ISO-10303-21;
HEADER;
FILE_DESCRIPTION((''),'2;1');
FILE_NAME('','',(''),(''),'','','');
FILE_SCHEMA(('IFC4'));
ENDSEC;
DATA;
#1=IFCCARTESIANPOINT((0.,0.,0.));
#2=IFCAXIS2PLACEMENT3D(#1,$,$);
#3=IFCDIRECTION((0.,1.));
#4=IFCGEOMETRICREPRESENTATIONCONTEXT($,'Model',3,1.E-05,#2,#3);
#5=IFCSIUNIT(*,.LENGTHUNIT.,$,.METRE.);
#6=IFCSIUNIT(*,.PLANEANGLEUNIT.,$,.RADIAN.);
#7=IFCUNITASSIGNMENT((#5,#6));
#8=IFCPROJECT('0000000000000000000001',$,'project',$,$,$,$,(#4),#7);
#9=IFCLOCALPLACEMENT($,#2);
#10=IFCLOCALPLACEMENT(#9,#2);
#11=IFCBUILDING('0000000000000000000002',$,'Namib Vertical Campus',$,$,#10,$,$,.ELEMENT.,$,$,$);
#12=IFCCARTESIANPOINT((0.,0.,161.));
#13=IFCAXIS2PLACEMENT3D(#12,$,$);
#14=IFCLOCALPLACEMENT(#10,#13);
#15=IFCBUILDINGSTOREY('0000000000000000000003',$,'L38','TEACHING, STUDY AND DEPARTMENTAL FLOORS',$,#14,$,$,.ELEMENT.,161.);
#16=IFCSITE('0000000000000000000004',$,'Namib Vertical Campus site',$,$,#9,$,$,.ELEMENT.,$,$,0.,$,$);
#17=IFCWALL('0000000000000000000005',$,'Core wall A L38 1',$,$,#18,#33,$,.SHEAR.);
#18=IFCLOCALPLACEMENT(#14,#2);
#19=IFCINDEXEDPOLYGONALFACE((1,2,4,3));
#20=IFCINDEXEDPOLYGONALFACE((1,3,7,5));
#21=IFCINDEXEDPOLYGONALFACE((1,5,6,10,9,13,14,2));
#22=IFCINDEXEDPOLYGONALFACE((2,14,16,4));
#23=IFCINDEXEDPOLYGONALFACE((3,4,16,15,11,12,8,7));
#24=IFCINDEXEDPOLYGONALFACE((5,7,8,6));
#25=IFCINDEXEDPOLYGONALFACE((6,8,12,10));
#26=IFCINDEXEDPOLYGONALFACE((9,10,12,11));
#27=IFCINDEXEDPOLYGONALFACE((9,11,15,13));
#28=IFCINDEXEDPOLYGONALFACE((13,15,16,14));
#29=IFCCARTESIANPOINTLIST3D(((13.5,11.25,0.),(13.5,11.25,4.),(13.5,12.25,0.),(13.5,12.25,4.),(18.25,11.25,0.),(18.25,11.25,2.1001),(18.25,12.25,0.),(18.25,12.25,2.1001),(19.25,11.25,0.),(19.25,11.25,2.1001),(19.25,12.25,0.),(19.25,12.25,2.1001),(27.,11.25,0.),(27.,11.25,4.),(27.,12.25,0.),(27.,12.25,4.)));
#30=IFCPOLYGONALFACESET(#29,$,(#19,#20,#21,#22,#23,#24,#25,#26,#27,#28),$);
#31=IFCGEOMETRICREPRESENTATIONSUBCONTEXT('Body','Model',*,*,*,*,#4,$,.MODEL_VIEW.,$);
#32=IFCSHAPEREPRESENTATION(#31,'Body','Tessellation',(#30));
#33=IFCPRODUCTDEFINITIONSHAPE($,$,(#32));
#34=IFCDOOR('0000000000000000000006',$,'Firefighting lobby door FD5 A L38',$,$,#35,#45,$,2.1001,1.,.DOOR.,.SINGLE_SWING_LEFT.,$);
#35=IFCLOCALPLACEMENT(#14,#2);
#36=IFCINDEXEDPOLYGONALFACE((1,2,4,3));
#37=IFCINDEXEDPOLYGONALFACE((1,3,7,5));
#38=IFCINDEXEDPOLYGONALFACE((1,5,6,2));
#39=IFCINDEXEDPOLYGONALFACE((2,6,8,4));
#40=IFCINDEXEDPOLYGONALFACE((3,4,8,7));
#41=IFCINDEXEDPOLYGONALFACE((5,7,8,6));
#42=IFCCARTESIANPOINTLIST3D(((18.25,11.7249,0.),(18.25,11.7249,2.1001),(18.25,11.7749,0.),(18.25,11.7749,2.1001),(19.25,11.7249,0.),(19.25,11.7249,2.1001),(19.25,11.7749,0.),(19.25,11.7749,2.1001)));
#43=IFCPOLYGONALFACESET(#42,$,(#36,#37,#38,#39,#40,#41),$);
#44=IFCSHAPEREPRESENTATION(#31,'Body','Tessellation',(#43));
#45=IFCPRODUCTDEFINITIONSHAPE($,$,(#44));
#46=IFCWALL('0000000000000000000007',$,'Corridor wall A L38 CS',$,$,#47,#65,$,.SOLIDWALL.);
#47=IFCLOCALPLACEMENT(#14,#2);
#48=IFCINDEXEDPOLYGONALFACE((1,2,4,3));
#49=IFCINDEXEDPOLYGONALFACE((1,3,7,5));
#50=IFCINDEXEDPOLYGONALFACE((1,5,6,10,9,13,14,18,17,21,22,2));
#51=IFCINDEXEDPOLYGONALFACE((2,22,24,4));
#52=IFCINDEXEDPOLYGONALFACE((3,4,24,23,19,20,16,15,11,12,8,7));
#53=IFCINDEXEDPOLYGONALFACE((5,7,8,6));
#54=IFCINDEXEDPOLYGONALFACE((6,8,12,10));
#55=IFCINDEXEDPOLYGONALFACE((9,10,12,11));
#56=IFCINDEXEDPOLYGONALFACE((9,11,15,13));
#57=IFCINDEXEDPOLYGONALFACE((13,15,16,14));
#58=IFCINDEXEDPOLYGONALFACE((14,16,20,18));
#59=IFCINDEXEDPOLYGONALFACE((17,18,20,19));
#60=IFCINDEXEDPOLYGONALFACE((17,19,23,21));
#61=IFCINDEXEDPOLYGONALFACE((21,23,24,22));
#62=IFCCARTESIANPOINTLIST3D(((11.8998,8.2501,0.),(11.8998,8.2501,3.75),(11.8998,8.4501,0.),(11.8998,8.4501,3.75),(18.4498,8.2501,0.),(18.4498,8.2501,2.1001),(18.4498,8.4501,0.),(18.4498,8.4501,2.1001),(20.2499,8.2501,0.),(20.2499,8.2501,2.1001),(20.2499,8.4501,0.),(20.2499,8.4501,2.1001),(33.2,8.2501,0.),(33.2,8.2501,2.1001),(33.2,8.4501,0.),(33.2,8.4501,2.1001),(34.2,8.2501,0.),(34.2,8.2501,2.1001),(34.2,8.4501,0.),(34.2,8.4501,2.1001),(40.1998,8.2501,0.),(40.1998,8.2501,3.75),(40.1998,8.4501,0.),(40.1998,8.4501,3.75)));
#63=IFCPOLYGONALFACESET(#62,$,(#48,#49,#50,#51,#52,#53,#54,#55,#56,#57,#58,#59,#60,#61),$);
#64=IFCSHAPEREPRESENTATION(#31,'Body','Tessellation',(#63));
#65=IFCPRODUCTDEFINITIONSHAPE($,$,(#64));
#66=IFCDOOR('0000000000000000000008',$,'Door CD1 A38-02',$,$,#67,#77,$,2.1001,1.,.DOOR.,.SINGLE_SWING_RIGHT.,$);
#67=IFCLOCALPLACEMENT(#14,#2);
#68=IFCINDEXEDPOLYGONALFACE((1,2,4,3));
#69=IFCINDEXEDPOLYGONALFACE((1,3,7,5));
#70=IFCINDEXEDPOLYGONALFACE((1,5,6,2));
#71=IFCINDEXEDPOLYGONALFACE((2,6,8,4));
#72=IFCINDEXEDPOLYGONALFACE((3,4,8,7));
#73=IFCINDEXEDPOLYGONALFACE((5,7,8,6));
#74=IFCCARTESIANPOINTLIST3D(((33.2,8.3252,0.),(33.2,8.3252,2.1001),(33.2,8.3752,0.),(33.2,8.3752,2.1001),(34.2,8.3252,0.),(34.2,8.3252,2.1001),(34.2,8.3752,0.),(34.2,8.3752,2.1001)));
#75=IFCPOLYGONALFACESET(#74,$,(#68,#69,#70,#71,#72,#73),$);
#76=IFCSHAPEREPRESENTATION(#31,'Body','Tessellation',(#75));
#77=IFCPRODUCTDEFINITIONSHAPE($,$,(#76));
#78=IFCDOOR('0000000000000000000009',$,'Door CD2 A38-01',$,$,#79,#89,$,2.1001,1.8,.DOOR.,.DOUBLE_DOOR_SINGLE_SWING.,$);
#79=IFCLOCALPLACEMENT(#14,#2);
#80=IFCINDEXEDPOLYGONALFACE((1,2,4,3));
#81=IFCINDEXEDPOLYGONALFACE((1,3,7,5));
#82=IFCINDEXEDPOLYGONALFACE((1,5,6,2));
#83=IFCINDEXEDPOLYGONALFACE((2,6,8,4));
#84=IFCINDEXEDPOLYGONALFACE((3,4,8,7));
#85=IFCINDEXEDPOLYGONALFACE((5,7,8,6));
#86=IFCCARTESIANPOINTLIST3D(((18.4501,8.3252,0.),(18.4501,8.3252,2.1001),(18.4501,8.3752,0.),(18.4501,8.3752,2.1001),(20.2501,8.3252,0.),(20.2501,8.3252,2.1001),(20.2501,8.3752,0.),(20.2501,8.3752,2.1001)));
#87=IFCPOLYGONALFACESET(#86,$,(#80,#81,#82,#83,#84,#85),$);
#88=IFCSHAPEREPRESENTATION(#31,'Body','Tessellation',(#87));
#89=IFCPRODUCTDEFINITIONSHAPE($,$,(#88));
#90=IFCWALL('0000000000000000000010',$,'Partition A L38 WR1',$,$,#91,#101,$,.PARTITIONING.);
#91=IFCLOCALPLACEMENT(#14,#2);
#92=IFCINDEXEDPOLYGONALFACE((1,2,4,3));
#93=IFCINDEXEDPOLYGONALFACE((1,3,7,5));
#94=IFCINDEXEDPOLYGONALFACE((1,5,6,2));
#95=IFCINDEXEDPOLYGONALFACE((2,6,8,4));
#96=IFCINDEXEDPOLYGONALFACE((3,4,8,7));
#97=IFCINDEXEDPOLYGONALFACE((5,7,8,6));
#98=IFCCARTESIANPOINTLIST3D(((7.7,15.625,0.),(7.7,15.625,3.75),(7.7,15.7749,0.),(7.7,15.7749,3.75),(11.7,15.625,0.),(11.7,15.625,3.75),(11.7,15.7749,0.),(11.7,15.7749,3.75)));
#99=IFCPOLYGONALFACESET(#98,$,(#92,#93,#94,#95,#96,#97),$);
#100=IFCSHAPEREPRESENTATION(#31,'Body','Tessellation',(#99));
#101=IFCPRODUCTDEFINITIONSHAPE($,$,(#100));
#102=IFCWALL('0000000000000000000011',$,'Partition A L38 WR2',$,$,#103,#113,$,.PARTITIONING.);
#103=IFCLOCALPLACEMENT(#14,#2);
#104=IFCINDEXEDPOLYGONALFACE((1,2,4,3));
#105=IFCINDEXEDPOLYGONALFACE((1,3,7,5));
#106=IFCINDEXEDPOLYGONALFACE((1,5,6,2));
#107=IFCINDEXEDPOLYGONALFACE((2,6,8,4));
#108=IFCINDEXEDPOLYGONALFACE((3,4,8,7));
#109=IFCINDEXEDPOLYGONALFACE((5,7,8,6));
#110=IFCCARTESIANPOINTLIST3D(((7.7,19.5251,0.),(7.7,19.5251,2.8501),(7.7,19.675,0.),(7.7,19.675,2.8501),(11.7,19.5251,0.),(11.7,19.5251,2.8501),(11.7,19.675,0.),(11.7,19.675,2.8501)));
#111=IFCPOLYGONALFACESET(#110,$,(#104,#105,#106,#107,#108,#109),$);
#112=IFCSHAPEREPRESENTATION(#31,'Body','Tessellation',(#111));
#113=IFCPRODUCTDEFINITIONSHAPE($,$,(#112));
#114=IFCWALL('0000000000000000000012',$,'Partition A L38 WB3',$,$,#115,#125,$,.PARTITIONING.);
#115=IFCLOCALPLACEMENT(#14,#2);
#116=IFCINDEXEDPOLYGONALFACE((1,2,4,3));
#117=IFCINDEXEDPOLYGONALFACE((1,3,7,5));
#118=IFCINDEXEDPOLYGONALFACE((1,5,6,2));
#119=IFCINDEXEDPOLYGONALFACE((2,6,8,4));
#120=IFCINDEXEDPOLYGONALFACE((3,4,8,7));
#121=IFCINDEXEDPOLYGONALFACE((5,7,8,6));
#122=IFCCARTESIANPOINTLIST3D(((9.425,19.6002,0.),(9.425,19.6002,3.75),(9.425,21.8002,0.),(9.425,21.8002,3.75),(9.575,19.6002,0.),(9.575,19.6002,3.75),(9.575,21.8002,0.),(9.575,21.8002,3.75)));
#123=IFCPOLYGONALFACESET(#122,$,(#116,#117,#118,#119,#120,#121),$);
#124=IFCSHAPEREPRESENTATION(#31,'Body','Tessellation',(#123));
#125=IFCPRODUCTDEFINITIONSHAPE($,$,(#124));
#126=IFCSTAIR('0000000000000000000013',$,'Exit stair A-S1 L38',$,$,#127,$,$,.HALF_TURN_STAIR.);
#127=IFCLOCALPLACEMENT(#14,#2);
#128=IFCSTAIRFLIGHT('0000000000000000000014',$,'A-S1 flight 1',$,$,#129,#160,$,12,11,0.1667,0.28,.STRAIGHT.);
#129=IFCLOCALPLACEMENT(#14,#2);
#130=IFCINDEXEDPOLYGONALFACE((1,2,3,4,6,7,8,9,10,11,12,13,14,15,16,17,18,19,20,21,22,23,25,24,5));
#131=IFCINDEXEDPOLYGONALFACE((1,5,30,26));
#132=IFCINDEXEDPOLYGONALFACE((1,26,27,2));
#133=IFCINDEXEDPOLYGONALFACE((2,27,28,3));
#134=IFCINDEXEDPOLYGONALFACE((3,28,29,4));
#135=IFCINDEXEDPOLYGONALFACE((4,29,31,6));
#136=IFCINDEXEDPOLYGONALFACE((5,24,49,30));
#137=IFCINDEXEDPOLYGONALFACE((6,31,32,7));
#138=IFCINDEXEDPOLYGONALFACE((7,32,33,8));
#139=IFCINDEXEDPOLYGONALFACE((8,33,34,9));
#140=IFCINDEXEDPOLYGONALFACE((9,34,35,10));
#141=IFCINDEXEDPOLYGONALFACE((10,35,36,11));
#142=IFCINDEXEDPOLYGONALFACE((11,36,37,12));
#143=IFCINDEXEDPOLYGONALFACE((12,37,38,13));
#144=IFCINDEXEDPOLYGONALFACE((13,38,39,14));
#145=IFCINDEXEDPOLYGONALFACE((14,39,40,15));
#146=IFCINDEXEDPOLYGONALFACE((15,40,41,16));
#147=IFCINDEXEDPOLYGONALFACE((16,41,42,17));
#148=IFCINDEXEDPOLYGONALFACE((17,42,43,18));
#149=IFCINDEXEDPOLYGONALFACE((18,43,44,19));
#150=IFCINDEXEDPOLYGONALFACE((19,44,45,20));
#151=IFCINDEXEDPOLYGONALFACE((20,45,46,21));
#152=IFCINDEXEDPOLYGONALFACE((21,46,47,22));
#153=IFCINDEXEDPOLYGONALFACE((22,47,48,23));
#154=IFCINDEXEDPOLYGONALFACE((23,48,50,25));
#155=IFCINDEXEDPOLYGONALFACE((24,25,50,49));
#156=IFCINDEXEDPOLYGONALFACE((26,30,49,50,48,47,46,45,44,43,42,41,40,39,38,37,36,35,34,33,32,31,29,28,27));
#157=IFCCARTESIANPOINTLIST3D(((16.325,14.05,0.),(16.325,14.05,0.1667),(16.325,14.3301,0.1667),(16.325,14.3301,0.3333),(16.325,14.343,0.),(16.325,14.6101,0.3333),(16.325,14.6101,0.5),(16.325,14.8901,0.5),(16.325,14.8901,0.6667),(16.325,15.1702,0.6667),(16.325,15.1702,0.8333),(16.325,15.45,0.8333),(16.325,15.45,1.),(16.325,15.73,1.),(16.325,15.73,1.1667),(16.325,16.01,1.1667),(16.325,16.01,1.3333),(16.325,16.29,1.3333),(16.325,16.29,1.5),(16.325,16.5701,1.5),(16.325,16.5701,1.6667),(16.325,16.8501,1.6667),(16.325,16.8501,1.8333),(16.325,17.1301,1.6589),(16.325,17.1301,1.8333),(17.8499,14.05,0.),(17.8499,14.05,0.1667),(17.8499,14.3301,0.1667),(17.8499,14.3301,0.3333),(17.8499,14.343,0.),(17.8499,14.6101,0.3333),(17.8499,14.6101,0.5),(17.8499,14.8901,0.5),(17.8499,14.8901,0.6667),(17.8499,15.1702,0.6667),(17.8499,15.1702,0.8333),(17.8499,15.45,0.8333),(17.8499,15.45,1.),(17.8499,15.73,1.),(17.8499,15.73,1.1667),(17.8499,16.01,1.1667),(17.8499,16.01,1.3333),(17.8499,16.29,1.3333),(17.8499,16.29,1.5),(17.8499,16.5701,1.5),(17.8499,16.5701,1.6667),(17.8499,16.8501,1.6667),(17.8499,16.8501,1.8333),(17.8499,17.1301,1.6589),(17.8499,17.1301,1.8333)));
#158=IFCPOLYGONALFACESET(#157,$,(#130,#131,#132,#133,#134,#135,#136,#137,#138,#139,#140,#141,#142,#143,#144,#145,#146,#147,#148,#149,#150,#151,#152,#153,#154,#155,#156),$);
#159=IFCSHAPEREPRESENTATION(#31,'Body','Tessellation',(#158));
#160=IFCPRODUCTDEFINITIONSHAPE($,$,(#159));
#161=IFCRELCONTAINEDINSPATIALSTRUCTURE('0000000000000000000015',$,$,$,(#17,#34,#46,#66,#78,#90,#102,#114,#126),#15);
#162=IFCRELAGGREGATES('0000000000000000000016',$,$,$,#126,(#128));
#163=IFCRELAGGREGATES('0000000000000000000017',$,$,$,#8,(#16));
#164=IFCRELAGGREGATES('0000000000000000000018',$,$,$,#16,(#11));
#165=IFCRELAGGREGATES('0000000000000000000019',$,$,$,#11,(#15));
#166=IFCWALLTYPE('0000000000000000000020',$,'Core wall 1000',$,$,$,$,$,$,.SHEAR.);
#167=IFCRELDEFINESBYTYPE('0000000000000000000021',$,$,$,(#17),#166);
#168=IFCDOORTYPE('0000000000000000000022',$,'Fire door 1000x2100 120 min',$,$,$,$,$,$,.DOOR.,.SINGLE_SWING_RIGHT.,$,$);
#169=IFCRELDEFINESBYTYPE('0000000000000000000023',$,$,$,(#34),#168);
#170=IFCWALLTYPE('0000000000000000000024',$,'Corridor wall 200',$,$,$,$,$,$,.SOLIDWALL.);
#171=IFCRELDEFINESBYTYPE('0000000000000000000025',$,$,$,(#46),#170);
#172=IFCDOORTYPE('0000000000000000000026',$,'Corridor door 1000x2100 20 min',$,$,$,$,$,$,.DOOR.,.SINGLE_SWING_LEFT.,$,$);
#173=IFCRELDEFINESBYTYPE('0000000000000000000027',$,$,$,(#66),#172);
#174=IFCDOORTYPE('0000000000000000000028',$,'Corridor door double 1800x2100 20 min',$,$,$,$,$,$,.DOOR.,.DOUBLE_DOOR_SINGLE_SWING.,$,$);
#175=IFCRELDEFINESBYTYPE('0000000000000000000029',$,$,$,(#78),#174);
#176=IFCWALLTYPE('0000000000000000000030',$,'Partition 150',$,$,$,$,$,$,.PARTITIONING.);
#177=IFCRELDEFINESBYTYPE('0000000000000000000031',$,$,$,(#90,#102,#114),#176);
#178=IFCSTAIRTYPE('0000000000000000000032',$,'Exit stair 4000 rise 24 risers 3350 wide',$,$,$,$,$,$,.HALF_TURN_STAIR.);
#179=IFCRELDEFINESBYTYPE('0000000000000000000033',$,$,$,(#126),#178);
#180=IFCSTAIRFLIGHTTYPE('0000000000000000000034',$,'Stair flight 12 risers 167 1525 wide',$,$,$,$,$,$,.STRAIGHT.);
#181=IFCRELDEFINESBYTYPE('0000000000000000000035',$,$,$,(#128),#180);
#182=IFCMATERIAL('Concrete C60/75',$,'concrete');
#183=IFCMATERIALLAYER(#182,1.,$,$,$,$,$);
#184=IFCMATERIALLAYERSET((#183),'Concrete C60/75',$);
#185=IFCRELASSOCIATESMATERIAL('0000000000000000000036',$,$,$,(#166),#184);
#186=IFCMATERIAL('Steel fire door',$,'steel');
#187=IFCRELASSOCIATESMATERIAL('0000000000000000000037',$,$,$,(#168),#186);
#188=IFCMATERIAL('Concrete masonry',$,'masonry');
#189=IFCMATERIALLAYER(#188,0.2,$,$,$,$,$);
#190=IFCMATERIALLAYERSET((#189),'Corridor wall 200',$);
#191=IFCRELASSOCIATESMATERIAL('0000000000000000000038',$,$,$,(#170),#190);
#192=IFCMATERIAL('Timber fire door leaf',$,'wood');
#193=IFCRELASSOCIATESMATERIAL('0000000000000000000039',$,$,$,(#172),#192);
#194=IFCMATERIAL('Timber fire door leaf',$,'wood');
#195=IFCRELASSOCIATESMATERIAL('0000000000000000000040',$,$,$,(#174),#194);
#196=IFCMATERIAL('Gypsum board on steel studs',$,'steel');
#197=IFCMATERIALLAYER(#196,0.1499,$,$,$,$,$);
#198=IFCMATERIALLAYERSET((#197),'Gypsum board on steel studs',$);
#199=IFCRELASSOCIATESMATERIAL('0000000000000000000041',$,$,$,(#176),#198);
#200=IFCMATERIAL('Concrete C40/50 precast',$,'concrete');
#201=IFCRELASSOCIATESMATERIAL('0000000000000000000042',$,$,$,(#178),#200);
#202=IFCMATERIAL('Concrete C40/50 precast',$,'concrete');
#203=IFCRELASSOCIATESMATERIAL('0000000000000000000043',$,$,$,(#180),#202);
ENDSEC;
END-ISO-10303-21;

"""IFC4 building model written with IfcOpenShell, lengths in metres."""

from ifc_helpers import new_model, si_unit, direction, frame, frame_2d, origin, place, context, subcontext, project, spatial, polyline, rectangle, outline, extrude, material, layer, layer_set, type_object, element, fill, aggregate, save


model = new_model("IFC4")

# Units and contexts
model_context = context("Model", 3, precision=1e-05, world=origin(), true_north=direction((0.0, 1.0)))
body_context = subcontext(model_context, "Body", "Model", "MODEL_VIEW")
ifc_project = project(units=[si_unit("LENGTHUNIT", "METRE"), si_unit("PLANEANGLEUNIT", "RADIAN")], contexts=[model_context])

# Site, building, storey
site_placement = place(None, origin())
site = spatial("IfcSite", under=ifc_project, at=site_placement, Name="Namib Vertical Campus site", CompositionType="ELEMENT", RefElevation=0.0)
building_placement = place(site_placement, origin())
building = spatial("IfcBuilding", under=site, at=building_placement, Name="Namib Vertical Campus", CompositionType="ELEMENT")
storey_placement = place(building_placement, frame((0.0, 0.0, 161.0)))
storey = spatial("IfcBuildingStorey", under=building, at=storey_placement, Name="L38", Description="TEACHING, STUDY AND DEPARTMENTAL FLOORS", CompositionType="ELEMENT", Elevation=161.0)

# Wall, opening, door
ifc_material_1 = material(Name="Concrete C60/75", Category="concrete")
ifc_layer_1 = layer(ifc_material_1, 1.0)
ifc_layer_set_1 = layer_set([ifc_layer_1], Name="Concrete C60/75")
wall_type_1 = type_object("IfcWallType", Name="Core wall 1000", PredefinedType="SHEAR", material=ifc_layer_set_1)
wall_1_placement = place(storey_placement, frame((13.5, 11.75, 0.0), z_axis=(0.0, 0.0, 1.0), x_axis=(1.0, 0.0, 0.0)))
wall_1 = element("IfcWall", 1, at=wall_1_placement, inside=storey, type_object=wall_type_1, Name="Core wall A L38 1", PredefinedType="SHEAR", context=body_context, shape_type="SweptSolid", body=[
    extrude(rectangle(XDim=13.5, YDim=1.0, at=frame_2d((6.75, 0.0))), origin(), (0.0, 0.0, 1.0), 4.0),
])
opening_1_placement = place(wall_1_placement, frame((4.75, 0.0, 0.0)))
opening_1 = element("IfcOpeningElement", 2, at=opening_1_placement, cuts=wall_1, PredefinedType="OPENING", context=body_context, shape_type="SweptSolid", body=[
    extrude(rectangle(XDim=1.0, YDim=2.1001, at=frame_2d((0.5, 1.05))), frame((0.0, 0.51, 0.0), z_axis=(0.0, -1.0, 0.0), x_axis=(1.0, 0.0, 0.0)), (0.0, 0.0, 1.0), 1.02),
])
ifc_material_2 = material(Name="Steel fire door", Category="steel")
door_type_1 = type_object("IfcDoorType", Name="Fire door 1000x2100 120 min", OperationType="SINGLE_SWING_RIGHT", PredefinedType="DOOR", material=ifc_material_2)
door_1_placement = place(opening_1_placement, origin())
door_1 = element("IfcDoor", 3, at=door_1_placement, inside=storey, type_object=door_type_1, Name="Firefighting lobby door FD5 A L38", OperationType="SINGLE_SWING_LEFT", OverallHeight=2.1001, OverallWidth=1.0, PredefinedType="DOOR", context=body_context, shape_type="SweptSolid", body=[
    extrude(rectangle(XDim=1.0, YDim=2.1001, at=frame_2d((0.5, 1.05))), frame((0.0, 0.0249, 0.0), z_axis=(0.0, -1.0, 0.0), x_axis=(1.0, 0.0, 0.0)), (0.0, 0.0, 1.0), 0.05),
])
fill(opening_1, door_1)

# Wall, openings, doors
ifc_material_3 = material(Name="Concrete masonry", Category="masonry")
ifc_layer_2 = layer(ifc_material_3, 0.2)
ifc_layer_set_2 = layer_set([ifc_layer_2], Name="Corridor wall 200")
wall_type_2 = type_object("IfcWallType", Name="Corridor wall 200", PredefinedType="SOLIDWALL", material=ifc_layer_set_2)
wall_2_placement = place(storey_placement, frame((11.8999, 8.3501, 0.0), z_axis=(0.0, 0.0, 1.0), x_axis=(1.0, 0.0, 0.0)))
wall_2 = element("IfcWall", 4, at=wall_2_placement, inside=storey, type_object=wall_type_2, Name="Corridor wall A L38 CS", PredefinedType="SOLIDWALL", context=body_context, shape_type="SweptSolid", body=[
    extrude(rectangle(XDim=28.3, YDim=0.2, at=frame_2d((14.1499, 0.0))), origin(), (0.0, 0.0, 1.0), 3.75),
])
opening_2_placement = place(wall_2_placement, frame((6.55, 0.0, 0.0)))
opening_2 = element("IfcOpeningElement", 5, at=opening_2_placement, cuts=wall_2, PredefinedType="OPENING", context=body_context, shape_type="SweptSolid", body=[
    extrude(rectangle(XDim=1.8, YDim=2.1001, at=frame_2d((0.8999, 1.05))), frame((0.0, 0.1099, 0.0), z_axis=(0.0, -1.0, 0.0), x_axis=(1.0, 0.0, 0.0)), (0.0, 0.0, 1.0), 0.22),
])
opening_3_placement = place(wall_2_placement, frame((21.3, 0.0, 0.0)))
opening_3 = element("IfcOpeningElement", 6, at=opening_3_placement, cuts=wall_2, PredefinedType="OPENING", context=body_context, shape_type="SweptSolid", body=[
    extrude(rectangle(XDim=1.0, YDim=2.1001, at=frame_2d((0.5, 1.05))), frame((0.0, 0.1099, 0.0), z_axis=(0.0, -1.0, 0.0), x_axis=(1.0, 0.0, 0.0)), (0.0, 0.0, 1.0), 0.22),
])
ifc_material_4 = material(Name="Timber fire door leaf", Category="wood")
door_type_2 = type_object("IfcDoorType", Name="Corridor door 1000x2100 20 min", OperationType="SINGLE_SWING_LEFT", PredefinedType="DOOR", material=ifc_material_4)
door_2_placement = place(opening_3_placement, frame((1.0, 0.0, 0.0), z_axis=(0.0, 0.0, 1.0), x_axis=(-1.0, 0.0, 0.0)))
door_2 = element("IfcDoor", 7, at=door_2_placement, inside=storey, type_object=door_type_2, Name="Door CD1 A38-02", OperationType="SINGLE_SWING_RIGHT", OverallHeight=2.1001, OverallWidth=1.0, PredefinedType="DOOR", context=body_context, shape_type="SweptSolid", body=[
    extrude(rectangle(XDim=1.0, YDim=2.1001, at=frame_2d((0.5, 1.05))), frame((0.0, 0.0249, 0.0), z_axis=(0.0, -1.0, 0.0), x_axis=(1.0, 0.0, 0.0)), (0.0, 0.0, 1.0), 0.05),
])
fill(opening_3, door_2)
ifc_material_5 = material(Name="Timber fire door leaf", Category="wood")
door_type_3 = type_object("IfcDoorType", Name="Corridor door double 1800x2100 20 min", OperationType="DOUBLE_DOOR_SINGLE_SWING", PredefinedType="DOOR", material=ifc_material_5)
door_3_placement = place(opening_2_placement, frame((1.8, 0.0, 0.0), z_axis=(0.0, 0.0, 1.0), x_axis=(-1.0, 0.0, 0.0)))
door_3 = element("IfcDoor", 8, at=door_3_placement, inside=storey, type_object=door_type_3, Name="Door CD2 A38-01", OperationType="DOUBLE_DOOR_SINGLE_SWING", OverallHeight=2.1001, OverallWidth=1.8, PredefinedType="DOOR", context=body_context, shape_type="SweptSolid", body=[
    extrude(rectangle(XDim=1.8, YDim=2.1001, at=frame_2d((0.8999, 1.05))), frame((0.0, 0.0249, 0.0), z_axis=(0.0, -1.0, 0.0), x_axis=(1.0, 0.0, 0.0)), (0.0, 0.0, 1.0), 0.05),
])
fill(opening_2, door_3)

# Walls
ifc_material_6 = material(Name="Gypsum board on steel studs", Category="steel")
ifc_layer_3 = layer(ifc_material_6, 0.1499)
ifc_layer_set_3 = layer_set([ifc_layer_3], Name="Gypsum board on steel studs")
wall_type_3 = type_object("IfcWallType", Name="Partition 150", PredefinedType="PARTITIONING", material=ifc_layer_set_3)
wall_3_placement = place(storey_placement, frame((11.7, 15.7, 0.0), z_axis=(0.0, 0.0, 1.0), x_axis=(-1.0, 0.0, 0.0)))
element("IfcWall", 9, at=wall_3_placement, inside=storey, type_object=wall_type_3, Name="Partition A L38 WR1", PredefinedType="PARTITIONING", context=body_context, shape_type="SweptSolid", body=[
    extrude(rectangle(XDim=4.0, YDim=0.1499, at=frame_2d((2.0, 0.0))), origin(), (0.0, 0.0, 1.0), 3.75),
])
wall_4_placement = place(storey_placement, frame((11.7, 19.6001, 0.0), z_axis=(0.0, 0.0, 1.0), x_axis=(-1.0, 0.0, 0.0)))
element("IfcWall", 10, at=wall_4_placement, inside=storey, type_object=wall_type_3, Name="Partition A L38 WR2", PredefinedType="PARTITIONING", context=body_context, shape_type="SweptSolid", body=[
    extrude(rectangle(XDim=4.0, YDim=0.1499, at=frame_2d((2.0, 0.0))), origin(), (0.0, 0.0, 1.0), 2.8501),
])
wall_5_placement = place(storey_placement, frame((9.5, 19.6001, 0.0), z_axis=(0.0, 0.0, 1.0), x_axis=(0.0, 1.0, 0.0)))
element("IfcWall", 11, at=wall_5_placement, inside=storey, type_object=wall_type_3, Name="Partition A L38 WB3", PredefinedType="PARTITIONING", context=body_context, shape_type="SweptSolid", body=[
    extrude(rectangle(XDim=2.2, YDim=0.1499, at=frame_2d((1.1001, 0.0))), origin(), (0.0, 0.0, 1.0), 3.75),
])

# Stair, stair flight
ifc_material_7 = material(Name="Concrete C40/50 precast", Category="concrete")
stair_type = type_object("IfcStairType", Name="Exit stair 4000 rise 24 risers 3350 wide", PredefinedType="HALF_TURN_STAIR", material=ifc_material_7)
stair_placement = place(storey_placement, origin())
stair = element("IfcStair", 12, at=stair_placement, inside=storey, type_object=stair_type, Name="Exit stair A-S1 L38", PredefinedType="HALF_TURN_STAIR")
ifc_material_8 = material(Name="Concrete C40/50 precast", Category="concrete")
stair_flight_type = type_object("IfcStairFlightType", Name="Stair flight 12 risers 167 1525 wide", PredefinedType="STRAIGHT", material=ifc_material_8)
stair_flight_1_placement = place(storey_placement, frame((17.0874, 14.05, 0.0), z_axis=(0.0, 0.0, 1.0), x_axis=(0.0, 1.0, 0.0)))
stair_flight_1 = element("IfcStairFlight", 13, at=stair_flight_1_placement, type_object=stair_flight_type, Name="A-S1 flight 1", NumberOfRisers=12, NumberOfTreads=11, PredefinedType="STRAIGHT", RiserHeight=0.1667, TreadLength=0.28, context=body_context, shape_type="SweptSolid", body=[
    extrude(outline(polyline([(0.0, 0.0), (0.0, 0.1667), (0.28, 0.1667), (0.28, 0.3333), (0.5601, 0.3333), (0.5601, 0.5), (0.8401, 0.5), (0.8401, 0.6667), (1.1201, 0.6667), (1.1201, 0.8333), (1.3999, 0.8333), (1.3999, 1.0), (1.6799, 1.0), (1.6799, 1.1667), (1.96, 1.1667), (1.96, 1.3333), (2.24, 1.3333), (2.24, 1.5), (2.52, 1.5), (2.52, 1.6667), (2.8, 1.6667), (2.8, 1.8333), (3.0801, 1.8333), (3.0801, 2.0), (3.0801, 1.6589), (0.293, 0.0), (0.0, 0.0)])), frame((0.0, 0.7625, 0.0), z_axis=(0.0, -1.0, 0.0), x_axis=(1.0, 0.0, 0.0)), (0.0, 0.0, 1.0), 1.5249),
])
aggregate(stair, [stair_flight_1])

save(model, "model.ifc")
